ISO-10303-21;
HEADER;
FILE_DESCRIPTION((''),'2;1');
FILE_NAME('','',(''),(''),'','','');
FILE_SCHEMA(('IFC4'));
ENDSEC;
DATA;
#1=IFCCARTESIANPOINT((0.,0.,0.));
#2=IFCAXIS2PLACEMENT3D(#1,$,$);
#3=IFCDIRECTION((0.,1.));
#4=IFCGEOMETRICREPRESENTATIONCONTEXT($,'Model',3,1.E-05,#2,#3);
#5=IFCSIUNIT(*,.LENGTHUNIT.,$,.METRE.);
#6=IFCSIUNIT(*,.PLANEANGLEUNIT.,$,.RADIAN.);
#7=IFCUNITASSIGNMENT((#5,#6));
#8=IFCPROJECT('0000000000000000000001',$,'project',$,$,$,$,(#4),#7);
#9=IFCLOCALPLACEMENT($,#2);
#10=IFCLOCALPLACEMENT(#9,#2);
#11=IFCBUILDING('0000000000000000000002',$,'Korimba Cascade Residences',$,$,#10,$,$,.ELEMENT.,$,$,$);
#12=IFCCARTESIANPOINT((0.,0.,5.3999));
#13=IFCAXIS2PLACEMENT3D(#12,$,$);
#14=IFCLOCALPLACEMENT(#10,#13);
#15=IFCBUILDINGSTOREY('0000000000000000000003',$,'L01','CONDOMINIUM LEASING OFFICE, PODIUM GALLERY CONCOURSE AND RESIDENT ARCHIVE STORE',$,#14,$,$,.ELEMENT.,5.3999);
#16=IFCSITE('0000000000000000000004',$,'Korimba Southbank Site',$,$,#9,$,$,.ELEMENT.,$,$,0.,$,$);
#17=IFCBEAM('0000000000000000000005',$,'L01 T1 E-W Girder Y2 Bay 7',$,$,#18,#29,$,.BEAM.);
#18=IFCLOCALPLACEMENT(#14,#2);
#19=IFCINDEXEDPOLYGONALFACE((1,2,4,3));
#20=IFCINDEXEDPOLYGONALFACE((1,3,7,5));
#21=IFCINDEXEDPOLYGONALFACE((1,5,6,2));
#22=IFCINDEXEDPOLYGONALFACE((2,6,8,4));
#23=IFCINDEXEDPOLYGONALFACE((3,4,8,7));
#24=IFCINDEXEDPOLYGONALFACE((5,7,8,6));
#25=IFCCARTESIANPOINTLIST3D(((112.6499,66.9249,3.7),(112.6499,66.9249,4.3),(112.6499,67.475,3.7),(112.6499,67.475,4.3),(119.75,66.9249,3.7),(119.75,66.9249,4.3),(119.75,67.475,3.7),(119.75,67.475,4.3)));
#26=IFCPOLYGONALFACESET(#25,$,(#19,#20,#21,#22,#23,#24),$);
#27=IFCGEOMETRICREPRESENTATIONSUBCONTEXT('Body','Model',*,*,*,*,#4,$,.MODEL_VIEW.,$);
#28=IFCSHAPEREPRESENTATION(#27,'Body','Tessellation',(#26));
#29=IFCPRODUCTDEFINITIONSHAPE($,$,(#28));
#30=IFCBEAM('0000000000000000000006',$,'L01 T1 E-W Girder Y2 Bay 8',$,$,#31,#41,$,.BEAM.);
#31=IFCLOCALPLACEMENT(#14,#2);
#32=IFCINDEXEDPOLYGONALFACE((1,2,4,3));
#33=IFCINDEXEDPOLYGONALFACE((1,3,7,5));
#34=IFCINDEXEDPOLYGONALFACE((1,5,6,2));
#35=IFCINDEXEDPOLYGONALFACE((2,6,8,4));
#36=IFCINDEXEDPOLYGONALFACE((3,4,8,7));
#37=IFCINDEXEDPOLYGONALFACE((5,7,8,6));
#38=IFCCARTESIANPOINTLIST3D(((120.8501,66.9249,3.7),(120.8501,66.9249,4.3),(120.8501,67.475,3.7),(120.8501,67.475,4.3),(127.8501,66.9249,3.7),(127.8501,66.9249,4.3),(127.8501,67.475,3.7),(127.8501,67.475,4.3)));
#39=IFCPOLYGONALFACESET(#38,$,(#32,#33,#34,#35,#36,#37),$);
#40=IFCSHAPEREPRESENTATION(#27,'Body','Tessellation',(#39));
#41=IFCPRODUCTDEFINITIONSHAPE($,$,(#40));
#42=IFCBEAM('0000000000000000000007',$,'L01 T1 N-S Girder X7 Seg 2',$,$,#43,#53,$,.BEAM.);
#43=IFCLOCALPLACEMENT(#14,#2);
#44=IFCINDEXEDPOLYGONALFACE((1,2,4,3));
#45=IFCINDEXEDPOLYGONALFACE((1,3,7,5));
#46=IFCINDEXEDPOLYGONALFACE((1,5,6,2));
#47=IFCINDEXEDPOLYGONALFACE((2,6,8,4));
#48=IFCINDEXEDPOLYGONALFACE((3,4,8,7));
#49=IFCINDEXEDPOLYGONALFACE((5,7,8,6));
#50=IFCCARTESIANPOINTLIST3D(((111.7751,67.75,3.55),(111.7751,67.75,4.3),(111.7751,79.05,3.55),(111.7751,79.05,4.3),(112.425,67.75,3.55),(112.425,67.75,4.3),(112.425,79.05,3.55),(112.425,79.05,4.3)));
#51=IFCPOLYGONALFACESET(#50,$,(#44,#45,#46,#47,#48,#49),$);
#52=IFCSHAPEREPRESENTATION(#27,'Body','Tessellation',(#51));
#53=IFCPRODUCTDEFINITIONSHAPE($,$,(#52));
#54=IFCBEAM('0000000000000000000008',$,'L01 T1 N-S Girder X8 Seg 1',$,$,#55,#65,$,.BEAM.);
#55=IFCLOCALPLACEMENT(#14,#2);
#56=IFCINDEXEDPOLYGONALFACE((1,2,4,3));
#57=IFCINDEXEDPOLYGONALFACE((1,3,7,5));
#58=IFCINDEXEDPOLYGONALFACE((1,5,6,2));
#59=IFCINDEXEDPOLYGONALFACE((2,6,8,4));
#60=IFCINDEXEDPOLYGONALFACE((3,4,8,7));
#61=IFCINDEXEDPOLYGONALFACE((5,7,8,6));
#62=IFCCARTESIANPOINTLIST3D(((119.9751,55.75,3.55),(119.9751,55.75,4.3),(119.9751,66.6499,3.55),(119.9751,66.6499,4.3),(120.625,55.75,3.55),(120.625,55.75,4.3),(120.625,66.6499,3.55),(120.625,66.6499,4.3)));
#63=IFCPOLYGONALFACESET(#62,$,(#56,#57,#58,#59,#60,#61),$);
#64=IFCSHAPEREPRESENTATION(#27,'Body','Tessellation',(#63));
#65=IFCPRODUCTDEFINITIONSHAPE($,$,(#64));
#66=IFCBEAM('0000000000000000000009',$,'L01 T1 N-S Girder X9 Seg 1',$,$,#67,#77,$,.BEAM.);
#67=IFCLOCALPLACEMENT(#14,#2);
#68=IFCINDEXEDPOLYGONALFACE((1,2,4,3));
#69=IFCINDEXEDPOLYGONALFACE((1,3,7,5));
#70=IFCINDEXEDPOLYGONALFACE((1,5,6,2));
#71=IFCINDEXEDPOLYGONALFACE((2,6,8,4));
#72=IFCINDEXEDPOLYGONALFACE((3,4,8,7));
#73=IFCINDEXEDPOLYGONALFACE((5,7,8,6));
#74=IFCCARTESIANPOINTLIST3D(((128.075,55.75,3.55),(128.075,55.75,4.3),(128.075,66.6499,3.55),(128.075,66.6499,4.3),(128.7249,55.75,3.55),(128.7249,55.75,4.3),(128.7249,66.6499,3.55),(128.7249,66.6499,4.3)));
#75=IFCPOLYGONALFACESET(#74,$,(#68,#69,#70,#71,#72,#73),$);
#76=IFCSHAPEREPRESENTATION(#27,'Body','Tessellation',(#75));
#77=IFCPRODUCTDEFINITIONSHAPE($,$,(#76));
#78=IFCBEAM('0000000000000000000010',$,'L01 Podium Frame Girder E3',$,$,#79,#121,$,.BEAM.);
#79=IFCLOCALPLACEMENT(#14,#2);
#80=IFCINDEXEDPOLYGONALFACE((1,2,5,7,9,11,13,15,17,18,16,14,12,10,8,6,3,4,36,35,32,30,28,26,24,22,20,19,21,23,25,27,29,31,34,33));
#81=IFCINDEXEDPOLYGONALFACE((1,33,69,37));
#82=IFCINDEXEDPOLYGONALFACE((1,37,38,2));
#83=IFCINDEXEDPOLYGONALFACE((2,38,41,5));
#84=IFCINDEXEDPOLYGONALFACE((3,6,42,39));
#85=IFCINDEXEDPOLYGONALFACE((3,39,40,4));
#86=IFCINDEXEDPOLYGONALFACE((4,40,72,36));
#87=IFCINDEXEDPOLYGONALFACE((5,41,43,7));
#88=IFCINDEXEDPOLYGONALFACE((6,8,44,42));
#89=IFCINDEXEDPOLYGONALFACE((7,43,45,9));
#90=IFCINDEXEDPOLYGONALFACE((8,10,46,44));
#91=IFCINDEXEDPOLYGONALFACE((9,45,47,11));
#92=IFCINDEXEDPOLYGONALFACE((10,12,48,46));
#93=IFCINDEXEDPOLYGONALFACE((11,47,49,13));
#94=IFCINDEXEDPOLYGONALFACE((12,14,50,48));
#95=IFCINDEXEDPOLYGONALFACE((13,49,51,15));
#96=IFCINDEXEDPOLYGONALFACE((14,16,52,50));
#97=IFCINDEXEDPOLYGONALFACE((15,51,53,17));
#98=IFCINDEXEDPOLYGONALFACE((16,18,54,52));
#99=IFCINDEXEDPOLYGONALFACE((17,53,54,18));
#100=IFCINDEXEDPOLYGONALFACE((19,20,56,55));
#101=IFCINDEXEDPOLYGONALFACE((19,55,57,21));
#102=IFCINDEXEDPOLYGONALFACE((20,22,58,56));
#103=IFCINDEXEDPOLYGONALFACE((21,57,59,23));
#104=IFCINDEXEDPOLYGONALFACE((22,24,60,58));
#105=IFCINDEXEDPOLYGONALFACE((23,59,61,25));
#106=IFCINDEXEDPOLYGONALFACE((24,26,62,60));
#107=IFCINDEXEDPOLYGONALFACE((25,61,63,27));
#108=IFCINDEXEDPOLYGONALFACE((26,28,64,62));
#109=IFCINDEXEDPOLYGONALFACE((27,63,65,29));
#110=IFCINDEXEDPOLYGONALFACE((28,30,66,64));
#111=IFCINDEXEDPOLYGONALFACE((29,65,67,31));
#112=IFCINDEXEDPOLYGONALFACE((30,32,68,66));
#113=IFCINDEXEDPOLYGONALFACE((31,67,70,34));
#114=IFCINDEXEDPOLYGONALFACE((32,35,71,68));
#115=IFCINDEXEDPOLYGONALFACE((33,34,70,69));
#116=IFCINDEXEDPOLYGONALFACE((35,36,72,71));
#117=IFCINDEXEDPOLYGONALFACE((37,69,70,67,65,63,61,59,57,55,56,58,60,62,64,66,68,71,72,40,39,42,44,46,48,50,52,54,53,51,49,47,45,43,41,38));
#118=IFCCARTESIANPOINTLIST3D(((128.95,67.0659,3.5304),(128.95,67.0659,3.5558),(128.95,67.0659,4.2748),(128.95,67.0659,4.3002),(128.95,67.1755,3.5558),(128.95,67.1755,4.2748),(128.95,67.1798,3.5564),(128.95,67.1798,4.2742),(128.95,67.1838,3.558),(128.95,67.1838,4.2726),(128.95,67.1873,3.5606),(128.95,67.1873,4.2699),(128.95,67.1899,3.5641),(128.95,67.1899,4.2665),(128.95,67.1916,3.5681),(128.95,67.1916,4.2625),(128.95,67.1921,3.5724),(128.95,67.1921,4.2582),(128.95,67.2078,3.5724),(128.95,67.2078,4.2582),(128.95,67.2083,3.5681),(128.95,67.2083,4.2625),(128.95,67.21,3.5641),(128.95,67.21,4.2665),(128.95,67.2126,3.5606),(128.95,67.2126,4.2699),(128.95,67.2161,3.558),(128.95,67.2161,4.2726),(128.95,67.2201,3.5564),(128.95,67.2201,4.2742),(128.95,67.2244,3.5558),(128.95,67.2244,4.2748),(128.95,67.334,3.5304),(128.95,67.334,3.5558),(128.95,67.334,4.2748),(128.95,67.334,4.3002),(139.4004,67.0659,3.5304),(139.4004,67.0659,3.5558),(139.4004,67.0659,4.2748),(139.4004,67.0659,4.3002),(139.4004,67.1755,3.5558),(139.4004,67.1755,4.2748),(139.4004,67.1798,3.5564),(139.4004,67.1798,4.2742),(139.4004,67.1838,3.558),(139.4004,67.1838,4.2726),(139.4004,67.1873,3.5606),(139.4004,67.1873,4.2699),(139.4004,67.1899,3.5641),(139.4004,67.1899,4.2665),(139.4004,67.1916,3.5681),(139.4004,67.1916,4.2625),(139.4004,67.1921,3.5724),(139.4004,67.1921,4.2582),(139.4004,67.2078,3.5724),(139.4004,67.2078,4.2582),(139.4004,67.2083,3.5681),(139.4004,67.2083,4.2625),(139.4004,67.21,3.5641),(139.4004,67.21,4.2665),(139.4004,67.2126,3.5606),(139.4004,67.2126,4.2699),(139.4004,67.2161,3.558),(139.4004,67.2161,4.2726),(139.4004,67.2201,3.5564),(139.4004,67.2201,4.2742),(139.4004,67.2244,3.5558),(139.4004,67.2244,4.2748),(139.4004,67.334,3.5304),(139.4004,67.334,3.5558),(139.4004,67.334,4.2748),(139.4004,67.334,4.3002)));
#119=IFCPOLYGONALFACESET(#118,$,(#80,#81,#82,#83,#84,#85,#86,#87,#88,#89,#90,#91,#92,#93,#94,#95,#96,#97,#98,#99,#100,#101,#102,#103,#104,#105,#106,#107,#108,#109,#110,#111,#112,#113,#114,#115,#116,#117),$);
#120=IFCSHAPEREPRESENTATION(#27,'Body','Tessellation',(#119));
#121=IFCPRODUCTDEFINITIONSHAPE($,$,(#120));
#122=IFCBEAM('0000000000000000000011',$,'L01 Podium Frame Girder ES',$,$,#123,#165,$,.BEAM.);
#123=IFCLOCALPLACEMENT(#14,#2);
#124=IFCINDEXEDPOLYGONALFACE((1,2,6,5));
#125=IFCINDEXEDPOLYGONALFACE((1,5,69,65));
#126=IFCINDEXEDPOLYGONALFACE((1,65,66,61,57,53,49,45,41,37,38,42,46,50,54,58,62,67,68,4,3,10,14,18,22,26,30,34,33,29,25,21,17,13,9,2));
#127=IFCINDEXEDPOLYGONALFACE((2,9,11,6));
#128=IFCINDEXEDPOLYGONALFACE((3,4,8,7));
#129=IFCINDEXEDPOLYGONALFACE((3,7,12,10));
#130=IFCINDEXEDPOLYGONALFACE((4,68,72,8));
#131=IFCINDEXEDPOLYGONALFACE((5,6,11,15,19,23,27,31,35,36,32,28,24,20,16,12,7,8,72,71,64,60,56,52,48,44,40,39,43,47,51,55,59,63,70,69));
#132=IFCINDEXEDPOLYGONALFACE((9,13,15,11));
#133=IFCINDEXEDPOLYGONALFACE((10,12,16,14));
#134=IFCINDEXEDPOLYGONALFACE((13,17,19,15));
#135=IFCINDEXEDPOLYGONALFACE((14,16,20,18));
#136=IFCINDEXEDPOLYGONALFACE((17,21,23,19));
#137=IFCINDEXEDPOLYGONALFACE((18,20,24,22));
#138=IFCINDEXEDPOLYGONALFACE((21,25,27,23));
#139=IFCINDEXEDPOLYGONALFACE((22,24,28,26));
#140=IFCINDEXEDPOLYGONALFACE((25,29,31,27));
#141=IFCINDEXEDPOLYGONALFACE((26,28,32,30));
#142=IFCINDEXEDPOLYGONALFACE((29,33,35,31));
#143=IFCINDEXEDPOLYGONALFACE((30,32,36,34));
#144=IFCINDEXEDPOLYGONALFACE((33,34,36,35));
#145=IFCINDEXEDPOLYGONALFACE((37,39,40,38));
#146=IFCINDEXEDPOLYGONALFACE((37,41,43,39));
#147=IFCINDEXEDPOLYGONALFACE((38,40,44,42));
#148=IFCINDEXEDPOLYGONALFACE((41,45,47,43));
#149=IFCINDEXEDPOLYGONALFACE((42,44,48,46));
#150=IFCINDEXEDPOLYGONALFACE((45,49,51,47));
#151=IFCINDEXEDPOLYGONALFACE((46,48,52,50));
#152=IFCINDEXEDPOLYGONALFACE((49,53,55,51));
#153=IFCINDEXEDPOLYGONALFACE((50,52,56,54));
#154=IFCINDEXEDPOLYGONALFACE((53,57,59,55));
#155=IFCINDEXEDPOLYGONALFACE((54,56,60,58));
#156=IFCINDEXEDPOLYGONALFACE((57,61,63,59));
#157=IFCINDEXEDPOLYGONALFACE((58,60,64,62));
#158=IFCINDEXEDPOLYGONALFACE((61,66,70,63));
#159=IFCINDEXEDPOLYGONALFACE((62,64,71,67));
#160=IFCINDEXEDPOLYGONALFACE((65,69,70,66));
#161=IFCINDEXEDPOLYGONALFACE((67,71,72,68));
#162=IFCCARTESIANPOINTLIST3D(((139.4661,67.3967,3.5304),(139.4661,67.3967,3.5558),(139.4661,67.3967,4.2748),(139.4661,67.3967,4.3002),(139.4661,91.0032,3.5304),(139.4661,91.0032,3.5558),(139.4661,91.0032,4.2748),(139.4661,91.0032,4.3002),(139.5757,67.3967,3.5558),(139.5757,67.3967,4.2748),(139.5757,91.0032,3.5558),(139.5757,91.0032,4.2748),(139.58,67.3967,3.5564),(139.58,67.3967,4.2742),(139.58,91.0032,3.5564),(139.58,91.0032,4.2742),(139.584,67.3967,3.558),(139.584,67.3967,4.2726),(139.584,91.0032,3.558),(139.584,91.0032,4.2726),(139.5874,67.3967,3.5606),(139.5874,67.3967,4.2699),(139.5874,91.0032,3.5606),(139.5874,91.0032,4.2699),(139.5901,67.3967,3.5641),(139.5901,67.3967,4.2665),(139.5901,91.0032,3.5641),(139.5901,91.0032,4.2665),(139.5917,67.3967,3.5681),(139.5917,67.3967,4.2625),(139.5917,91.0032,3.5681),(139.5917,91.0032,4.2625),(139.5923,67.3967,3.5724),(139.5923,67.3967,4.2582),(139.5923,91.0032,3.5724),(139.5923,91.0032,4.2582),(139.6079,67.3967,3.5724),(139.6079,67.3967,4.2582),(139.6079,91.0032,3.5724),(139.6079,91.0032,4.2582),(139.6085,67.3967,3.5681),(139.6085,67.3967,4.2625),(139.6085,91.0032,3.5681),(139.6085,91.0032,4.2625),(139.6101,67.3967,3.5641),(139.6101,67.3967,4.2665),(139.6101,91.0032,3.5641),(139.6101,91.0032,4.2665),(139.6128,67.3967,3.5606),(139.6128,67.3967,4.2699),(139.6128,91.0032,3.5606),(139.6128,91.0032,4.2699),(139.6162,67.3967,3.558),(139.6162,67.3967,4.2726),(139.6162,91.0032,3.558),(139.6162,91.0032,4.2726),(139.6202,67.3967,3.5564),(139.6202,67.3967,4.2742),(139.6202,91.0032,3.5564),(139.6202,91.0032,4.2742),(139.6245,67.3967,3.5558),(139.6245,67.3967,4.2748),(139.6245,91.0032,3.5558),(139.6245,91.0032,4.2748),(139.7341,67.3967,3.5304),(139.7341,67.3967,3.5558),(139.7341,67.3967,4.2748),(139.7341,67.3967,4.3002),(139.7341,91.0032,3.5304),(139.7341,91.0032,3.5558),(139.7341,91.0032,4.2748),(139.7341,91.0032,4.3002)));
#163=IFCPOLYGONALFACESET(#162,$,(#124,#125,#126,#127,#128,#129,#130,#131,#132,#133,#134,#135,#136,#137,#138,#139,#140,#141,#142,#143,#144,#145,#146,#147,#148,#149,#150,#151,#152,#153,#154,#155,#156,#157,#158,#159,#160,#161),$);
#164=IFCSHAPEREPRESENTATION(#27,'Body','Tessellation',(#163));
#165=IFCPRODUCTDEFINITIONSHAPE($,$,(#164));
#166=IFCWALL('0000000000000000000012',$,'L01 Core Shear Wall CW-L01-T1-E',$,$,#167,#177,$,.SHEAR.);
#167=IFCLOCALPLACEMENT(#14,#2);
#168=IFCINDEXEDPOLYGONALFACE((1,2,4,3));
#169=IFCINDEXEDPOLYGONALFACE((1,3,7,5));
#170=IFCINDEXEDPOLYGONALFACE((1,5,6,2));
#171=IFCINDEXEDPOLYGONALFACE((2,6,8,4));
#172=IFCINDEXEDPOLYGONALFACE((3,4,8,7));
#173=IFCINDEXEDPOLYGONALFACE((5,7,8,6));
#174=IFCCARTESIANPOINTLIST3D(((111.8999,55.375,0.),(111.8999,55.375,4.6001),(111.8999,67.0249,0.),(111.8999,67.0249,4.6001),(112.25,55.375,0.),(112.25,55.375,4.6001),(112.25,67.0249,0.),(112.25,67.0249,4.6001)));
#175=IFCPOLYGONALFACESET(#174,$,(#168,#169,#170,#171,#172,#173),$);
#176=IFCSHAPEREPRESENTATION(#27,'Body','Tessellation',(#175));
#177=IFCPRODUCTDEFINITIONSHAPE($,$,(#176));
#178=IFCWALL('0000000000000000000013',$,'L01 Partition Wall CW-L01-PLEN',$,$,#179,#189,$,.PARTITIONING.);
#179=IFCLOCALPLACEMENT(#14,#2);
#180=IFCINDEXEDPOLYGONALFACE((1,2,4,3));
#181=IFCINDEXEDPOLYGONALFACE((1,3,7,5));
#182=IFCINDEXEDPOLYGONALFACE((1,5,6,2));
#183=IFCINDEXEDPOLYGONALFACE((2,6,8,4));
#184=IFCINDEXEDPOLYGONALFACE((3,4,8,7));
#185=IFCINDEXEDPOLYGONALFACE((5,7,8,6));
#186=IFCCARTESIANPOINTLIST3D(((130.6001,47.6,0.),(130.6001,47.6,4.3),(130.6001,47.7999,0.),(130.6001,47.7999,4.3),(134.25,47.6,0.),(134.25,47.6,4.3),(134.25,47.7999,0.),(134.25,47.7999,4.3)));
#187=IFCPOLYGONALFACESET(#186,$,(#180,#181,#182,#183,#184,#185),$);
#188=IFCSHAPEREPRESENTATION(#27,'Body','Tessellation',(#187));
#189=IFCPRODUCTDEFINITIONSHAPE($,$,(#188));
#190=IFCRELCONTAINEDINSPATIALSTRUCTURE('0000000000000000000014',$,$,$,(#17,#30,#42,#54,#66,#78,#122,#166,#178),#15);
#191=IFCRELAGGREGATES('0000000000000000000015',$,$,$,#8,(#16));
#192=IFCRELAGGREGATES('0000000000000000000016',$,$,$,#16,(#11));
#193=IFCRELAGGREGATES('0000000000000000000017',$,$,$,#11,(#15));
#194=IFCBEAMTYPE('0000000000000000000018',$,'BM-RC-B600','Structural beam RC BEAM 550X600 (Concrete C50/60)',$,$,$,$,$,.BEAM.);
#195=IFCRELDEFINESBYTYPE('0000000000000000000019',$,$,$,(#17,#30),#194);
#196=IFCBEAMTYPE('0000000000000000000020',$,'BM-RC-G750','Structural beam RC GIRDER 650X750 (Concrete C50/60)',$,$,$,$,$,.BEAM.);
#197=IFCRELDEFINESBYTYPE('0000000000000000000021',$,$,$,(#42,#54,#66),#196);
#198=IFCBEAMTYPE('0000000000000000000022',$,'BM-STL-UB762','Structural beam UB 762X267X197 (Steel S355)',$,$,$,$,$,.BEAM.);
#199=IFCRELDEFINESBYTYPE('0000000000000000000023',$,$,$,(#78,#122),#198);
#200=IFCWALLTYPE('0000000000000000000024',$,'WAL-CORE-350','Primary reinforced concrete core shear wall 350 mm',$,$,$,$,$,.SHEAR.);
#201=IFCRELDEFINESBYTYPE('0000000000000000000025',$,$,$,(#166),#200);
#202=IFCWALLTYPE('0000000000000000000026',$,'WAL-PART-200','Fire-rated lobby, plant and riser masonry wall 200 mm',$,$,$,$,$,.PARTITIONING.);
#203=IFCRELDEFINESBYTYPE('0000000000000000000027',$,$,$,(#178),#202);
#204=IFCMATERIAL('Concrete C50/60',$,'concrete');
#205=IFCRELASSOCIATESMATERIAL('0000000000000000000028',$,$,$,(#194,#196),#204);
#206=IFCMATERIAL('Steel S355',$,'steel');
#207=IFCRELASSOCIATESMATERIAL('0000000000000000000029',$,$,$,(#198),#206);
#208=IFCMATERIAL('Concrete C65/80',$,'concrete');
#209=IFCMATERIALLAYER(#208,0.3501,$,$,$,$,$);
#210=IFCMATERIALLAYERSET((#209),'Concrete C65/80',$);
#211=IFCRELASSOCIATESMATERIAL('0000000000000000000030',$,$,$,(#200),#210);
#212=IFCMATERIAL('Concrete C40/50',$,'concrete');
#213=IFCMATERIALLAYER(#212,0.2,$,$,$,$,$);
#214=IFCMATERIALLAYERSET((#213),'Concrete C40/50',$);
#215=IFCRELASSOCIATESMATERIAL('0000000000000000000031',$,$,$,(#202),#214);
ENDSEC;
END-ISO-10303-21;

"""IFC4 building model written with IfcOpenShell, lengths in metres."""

from ifc_helpers import new_model, si_unit, direction, frame, frame_2d, origin, origin_2d, place, context, subcontext, project, spatial, rectangle, i_section, extrude, material, layer, layer_set, material_profile, profile_set, type_object, element, save


model = new_model("IFC4")

# Units and contexts
model_context = context("Model", 3, precision=1e-05, world=origin(), true_north=direction((0.0, 1.0)))
body_context = subcontext(model_context, "Body", "Model", "MODEL_VIEW")
ifc_project = project(units=[si_unit("LENGTHUNIT", "METRE"), si_unit("PLANEANGLEUNIT", "RADIAN")], contexts=[model_context])

# Site, building, storey
site_placement = place(None, origin())
site = spatial("IfcSite", under=ifc_project, at=site_placement, Name="Korimba Southbank Site", CompositionType="ELEMENT", RefElevation=0.0)
building_placement = place(site_placement, origin())
building = spatial("IfcBuilding", under=site, at=building_placement, Name="Korimba Cascade Residences", CompositionType="ELEMENT")
storey_placement = place(building_placement, frame((0.0, 0.0, 5.3999)))
storey = spatial("IfcBuildingStorey", under=building, at=storey_placement, Name="L01", Description="CONDOMINIUM LEASING OFFICE, PODIUM GALLERY CONCOURSE AND RESIDENT ARCHIVE STORE", CompositionType="ELEMENT", Elevation=5.3999)

# Shared definitions
ifc_material_1 = material(Name="Steel S355", Category="steel")

# Beams
ifc_material_2 = material(Name="Concrete C50/60", Category="concrete")
ifc_material_profile_1 = material_profile(ifc_material_2, rectangle(XDim=0.55, YDim=0.6001, at=origin_2d()), Name="Concrete C50/60")
ifc_profile_set_1 = profile_set([ifc_material_profile_1], Name="Concrete C50/60")
beam_type_1 = type_object("IfcBeamType", Name="BM-RC-B600", Description="Structural beam RC BEAM 550X600 (Concrete C50/60)", PredefinedType="BEAM", material=ifc_profile_set_1)
beam_1_placement = place(storey_placement, frame((112.6499, 67.2, 4.0), z_axis=(1.0, 0.0, 0.0), x_axis=(0.0, 1.0, 0.0)))
element("IfcBeam", 1, at=beam_1_placement, inside=storey, type_object=beam_type_1, Name="L01 T1 E-W Girder Y2 Bay 7", PredefinedType="BEAM", context=body_context, shape_type="SweptSolid", body=[
    extrude(rectangle(XDim=0.55, YDim=0.6001, at=origin_2d()), origin(), (0.0, 0.0, 1.0), 7.1001),
])
beam_2_placement = place(storey_placement, frame((120.8501, 67.2, 4.0), z_axis=(1.0, 0.0, 0.0), x_axis=(0.0, 1.0, 0.0)))
element("IfcBeam", 2, at=beam_2_placement, inside=storey, type_object=beam_type_1, Name="L01 T1 E-W Girder Y2 Bay 8", PredefinedType="BEAM", context=body_context, shape_type="SweptSolid", body=[
    extrude(rectangle(XDim=0.55, YDim=0.6001, at=origin_2d()), origin(), (0.0, 0.0, 1.0), 7.0),
])
ifc_material_profile_2 = material_profile(ifc_material_2, rectangle(XDim=0.6499, YDim=0.75, at=origin_2d()), Name="Concrete C50/60")
ifc_profile_set_2 = profile_set([ifc_material_profile_2], Name="Concrete C50/60")
beam_type_2 = type_object("IfcBeamType", Name="BM-RC-G750", Description="Structural beam RC GIRDER 650X750 (Concrete C50/60)", PredefinedType="BEAM", material=ifc_profile_set_2)
beam_3_placement = place(storey_placement, frame((112.1001, 67.75, 3.925), z_axis=(0.0, 1.0, 0.0), x_axis=(-1.0, 0.0, 0.0)))
element("IfcBeam", 3, at=beam_3_placement, inside=storey, type_object=beam_type_2, Name="L01 T1 N-S Girder X7 Seg 2", PredefinedType="BEAM", context=body_context, shape_type="SweptSolid", body=[
    extrude(rectangle(XDim=0.6499, YDim=0.75, at=origin_2d()), origin(), (0.0, 0.0, 1.0), 11.3),
])
for number, where, z_axis, x_axis, name in (
    (4, (120.3, 55.75, 3.925), (0.0, 1.0, 0.0), (-1.0, 0.0, 0.0), "L01 T1 N-S Girder X8 Seg 1"),
    (5, (128.3999, 55.75, 3.925), (0.0, 1.0, 0.0), (-1.0, 0.0, 0.0), "L01 T1 N-S Girder X9 Seg 1"),
):
    element("IfcBeam", number, at=place(storey_placement, frame(where, z_axis=z_axis, x_axis=x_axis)), inside=storey, type_object=beam_type_2, Name=name, PredefinedType="BEAM", context=body_context, shape_type="SweptSolid", body=[
        extrude(rectangle(XDim=0.6499, YDim=0.75, at=origin_2d()), origin(), (0.0, 0.0, 1.0), 10.8999),
    ])
ifc_material_profile_3 = material_profile(ifc_material_1, i_section(OverallWidth=0.2681, OverallDepth=0.7698, WebThickness=0.0156, FlangeThickness=0.0254, FilletRadius=0.0166, at=origin_2d()), Name="Steel S355")
ifc_profile_set_3 = profile_set([ifc_material_profile_3], Name="Steel S355")
beam_type_3 = type_object("IfcBeamType", Name="BM-STL-UB762", Description="Structural beam UB 762X267X197 (Steel S355)", PredefinedType="BEAM", material=ifc_profile_set_3)
beam_4_placement = place(storey_placement, frame((128.95, 67.2, 3.9153), z_axis=(1.0, 0.0, 0.0), x_axis=(0.0, 1.0, 0.0)))
element("IfcBeam", 6, at=beam_4_placement, inside=storey, type_object=beam_type_3, Name="L01 Podium Frame Girder E3", PredefinedType="BEAM", context=body_context, shape_type="SweptSolid", body=[
    extrude(i_section(OverallWidth=0.2681, OverallDepth=0.7698, WebThickness=0.0156, FlangeThickness=0.0254, FilletRadius=0.0166, at=origin_2d()), origin(), (0.0, 0.0, 1.0), 10.4504),
])
beam_5_placement = place(storey_placement, frame((139.6001, 67.3967, 3.9153), z_axis=(0.0, 1.0, 0.0), x_axis=(-1.0, 0.0, 0.0)))
element("IfcBeam", 7, at=beam_5_placement, inside=storey, type_object=beam_type_3, Name="L01 Podium Frame Girder ES", PredefinedType="BEAM", context=body_context, shape_type="SweptSolid", body=[
    extrude(i_section(OverallWidth=0.2681, OverallDepth=0.7698, WebThickness=0.0156, FlangeThickness=0.0254, FilletRadius=0.0166, at=origin_2d()), origin(), (0.0, 0.0, 1.0), 23.6064),
])

# Walls
ifc_material_3 = material(Name="Concrete C65/80", Category="concrete")
ifc_layer_1 = layer(ifc_material_3, 0.3501)
ifc_layer_set_1 = layer_set([ifc_layer_1], Name="Concrete C65/80")
wall_type_1 = type_object("IfcWallType", Name="WAL-CORE-350", Description="Primary reinforced concrete core shear wall 350 mm", PredefinedType="SHEAR", material=ifc_layer_set_1)
wall_1_placement = place(storey_placement, frame((112.075, 55.375, 0.0), z_axis=(0.0, 0.0, 1.0), x_axis=(0.0, 1.0, 0.0)))
element("IfcWall", 8, at=wall_1_placement, inside=storey, type_object=wall_type_1, Name="L01 Core Shear Wall CW-L01-T1-E", PredefinedType="SHEAR", context=body_context, shape_type="SweptSolid", body=[
    extrude(rectangle(XDim=11.6499, YDim=0.3501, at=frame_2d((5.825, 0.0))), origin(), (0.0, 0.0, 1.0), 4.6001),
])
ifc_material_4 = material(Name="Concrete C40/50", Category="concrete")
ifc_layer_2 = layer(ifc_material_4, 0.2)
ifc_layer_set_2 = layer_set([ifc_layer_2], Name="Concrete C40/50")
wall_type_2 = type_object("IfcWallType", Name="WAL-PART-200", Description="Fire-rated lobby, plant and riser masonry wall 200 mm", PredefinedType="PARTITIONING", material=ifc_layer_set_2)
wall_2_placement = place(storey_placement, frame((130.6001, 47.7, 0.0), z_axis=(0.0, 0.0, 1.0), x_axis=(1.0, 0.0, 0.0)))
element("IfcWall", 9, at=wall_2_placement, inside=storey, type_object=wall_type_2, Name="L01 Partition Wall CW-L01-PLEN", PredefinedType="PARTITIONING", context=body_context, shape_type="SweptSolid", body=[
    extrude(rectangle(XDim=3.6499, YDim=0.2, at=frame_2d((1.825, 0.0))), origin(), (0.0, 0.0, 1.0), 4.3),
])

save(model, "model.ifc")
